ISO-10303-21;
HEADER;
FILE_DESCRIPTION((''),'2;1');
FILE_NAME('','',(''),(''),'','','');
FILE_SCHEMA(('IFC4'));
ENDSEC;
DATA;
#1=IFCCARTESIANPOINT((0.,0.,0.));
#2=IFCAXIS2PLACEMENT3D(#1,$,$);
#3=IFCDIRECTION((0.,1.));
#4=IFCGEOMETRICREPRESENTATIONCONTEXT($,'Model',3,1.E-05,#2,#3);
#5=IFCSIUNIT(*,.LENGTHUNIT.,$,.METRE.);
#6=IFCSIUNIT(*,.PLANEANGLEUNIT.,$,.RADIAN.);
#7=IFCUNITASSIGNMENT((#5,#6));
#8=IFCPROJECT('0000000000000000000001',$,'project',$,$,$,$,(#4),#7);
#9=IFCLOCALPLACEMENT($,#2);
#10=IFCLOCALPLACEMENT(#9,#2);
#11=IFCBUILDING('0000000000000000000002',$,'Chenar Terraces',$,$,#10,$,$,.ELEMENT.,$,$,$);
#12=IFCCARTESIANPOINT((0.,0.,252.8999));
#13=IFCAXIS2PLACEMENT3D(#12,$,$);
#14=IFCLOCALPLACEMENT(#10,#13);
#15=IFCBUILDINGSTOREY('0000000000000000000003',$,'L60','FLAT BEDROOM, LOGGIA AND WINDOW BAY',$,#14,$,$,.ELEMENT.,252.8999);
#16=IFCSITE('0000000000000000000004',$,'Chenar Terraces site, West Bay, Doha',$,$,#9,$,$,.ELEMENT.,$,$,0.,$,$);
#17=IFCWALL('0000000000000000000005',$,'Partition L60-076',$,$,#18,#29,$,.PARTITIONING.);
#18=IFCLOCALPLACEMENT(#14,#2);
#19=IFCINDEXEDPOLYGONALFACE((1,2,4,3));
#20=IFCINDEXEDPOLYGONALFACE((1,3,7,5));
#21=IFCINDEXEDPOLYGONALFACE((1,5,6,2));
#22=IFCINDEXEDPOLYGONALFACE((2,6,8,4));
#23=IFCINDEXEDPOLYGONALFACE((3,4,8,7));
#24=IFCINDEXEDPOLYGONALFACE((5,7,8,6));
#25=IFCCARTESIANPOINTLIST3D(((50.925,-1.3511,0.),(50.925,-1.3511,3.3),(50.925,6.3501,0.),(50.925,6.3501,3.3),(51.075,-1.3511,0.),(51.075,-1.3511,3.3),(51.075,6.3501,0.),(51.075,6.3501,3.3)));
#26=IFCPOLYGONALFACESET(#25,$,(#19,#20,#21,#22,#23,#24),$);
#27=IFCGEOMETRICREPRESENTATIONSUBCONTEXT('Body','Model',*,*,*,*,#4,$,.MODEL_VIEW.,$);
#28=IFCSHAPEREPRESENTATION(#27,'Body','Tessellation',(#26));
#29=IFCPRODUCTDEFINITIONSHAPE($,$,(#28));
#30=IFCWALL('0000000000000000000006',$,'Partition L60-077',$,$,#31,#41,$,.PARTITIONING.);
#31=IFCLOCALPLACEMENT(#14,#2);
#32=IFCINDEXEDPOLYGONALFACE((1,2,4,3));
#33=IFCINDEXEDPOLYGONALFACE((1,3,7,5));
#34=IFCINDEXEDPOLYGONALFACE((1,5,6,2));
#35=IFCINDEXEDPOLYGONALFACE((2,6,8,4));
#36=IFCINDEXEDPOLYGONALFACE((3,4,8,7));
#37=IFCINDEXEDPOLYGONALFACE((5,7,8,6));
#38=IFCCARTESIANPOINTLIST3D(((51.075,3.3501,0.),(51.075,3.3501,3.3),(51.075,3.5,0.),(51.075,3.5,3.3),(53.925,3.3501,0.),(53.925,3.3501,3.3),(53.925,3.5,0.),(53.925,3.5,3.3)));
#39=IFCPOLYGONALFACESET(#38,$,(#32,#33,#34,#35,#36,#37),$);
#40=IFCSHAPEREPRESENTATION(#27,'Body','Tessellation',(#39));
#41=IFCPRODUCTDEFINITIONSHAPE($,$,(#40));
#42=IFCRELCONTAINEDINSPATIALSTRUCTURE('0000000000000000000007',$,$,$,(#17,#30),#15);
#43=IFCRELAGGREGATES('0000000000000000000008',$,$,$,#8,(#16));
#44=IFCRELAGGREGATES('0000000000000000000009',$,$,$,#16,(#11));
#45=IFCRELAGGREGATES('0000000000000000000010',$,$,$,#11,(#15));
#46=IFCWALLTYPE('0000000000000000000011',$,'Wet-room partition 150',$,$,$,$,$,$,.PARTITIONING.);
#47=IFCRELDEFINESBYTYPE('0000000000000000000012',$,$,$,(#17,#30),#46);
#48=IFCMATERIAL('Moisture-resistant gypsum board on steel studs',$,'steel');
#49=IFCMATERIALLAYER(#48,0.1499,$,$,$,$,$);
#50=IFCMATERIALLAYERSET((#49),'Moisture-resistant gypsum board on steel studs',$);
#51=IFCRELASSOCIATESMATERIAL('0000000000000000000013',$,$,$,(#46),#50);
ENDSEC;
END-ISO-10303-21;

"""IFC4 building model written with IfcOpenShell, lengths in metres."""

from ifc_helpers import new_model, si_unit, direction, frame, frame_2d, origin, place, context, subcontext, project, spatial, rectangle, extrude, material, layer, layer_set, type_object, element, save


model = new_model("IFC4")

# Units and contexts
model_context = context("Model", 3, precision=1e-05, world=origin(), true_north=direction((0.0, 1.0)))
body_context = subcontext(model_context, "Body", "Model", "MODEL_VIEW")
ifc_project = project(units=[si_unit("LENGTHUNIT", "METRE"), si_unit("PLANEANGLEUNIT", "RADIAN")], contexts=[model_context])

# Site, building, storey
site_placement = place(None, origin())
site = spatial("IfcSite", under=ifc_project, at=site_placement, Name="Chenar Terraces site, West Bay, Doha", CompositionType="ELEMENT", RefElevation=0.0)
building_placement = place(site_placement, origin())
building = spatial("IfcBuilding", under=site, at=building_placement, Name="Chenar Terraces", CompositionType="ELEMENT")
storey_placement = place(building_placement, frame((0.0, 0.0, 252.8999)))
storey = spatial("IfcBuildingStorey", under=building, at=storey_placement, Name="L60", Description="FLAT BEDROOM, LOGGIA AND WINDOW BAY", CompositionType="ELEMENT", Elevation=252.8999)

# Shared definitions
ifc_material_1 = material(Name="Moisture-resistant gypsum board on steel studs", Category="steel")
ifc_layer_1 = layer(ifc_material_1, 0.1499)
ifc_layer_set_1 = layer_set([ifc_layer_1], Name="Moisture-resistant gypsum board on steel studs")
wall_type_1 = type_object("IfcWallType", Name="Wet-room partition 150", PredefinedType="PARTITIONING", material=ifc_layer_set_1)

# Walls
wall_1_placement = place(storey_placement, frame((51.0, -1.3511, 0.0), z_axis=(0.0, 0.0, 1.0), x_axis=(0.0, 1.0, 0.0)))
element("IfcWall", 1, at=wall_1_placement, inside=storey, type_object=wall_type_1, Name="Partition L60-076", PredefinedType="PARTITIONING", context=body_context, shape_type="SweptSolid", body=[
    extrude(rectangle(XDim=7.7012, YDim=0.1499, at=frame_2d((3.8506, 0.0))), origin(), (0.0, 0.0, 1.0), 3.3),
])
wall_2_placement = place(storey_placement, frame((51.075, 3.425, 0.0), z_axis=(0.0, 0.0, 1.0), x_axis=(1.0, 0.0, 0.0)))
element("IfcWall", 2, at=wall_2_placement, inside=storey, type_object=wall_type_1, Name="Partition L60-077", PredefinedType="PARTITIONING", context=body_context, shape_type="SweptSolid", body=[
    extrude(rectangle(XDim=2.8501, YDim=0.1499, at=frame_2d((1.425, 0.0))), origin(), (0.0, 0.0, 1.0), 3.3),
])

save(model, "model.ifc")
